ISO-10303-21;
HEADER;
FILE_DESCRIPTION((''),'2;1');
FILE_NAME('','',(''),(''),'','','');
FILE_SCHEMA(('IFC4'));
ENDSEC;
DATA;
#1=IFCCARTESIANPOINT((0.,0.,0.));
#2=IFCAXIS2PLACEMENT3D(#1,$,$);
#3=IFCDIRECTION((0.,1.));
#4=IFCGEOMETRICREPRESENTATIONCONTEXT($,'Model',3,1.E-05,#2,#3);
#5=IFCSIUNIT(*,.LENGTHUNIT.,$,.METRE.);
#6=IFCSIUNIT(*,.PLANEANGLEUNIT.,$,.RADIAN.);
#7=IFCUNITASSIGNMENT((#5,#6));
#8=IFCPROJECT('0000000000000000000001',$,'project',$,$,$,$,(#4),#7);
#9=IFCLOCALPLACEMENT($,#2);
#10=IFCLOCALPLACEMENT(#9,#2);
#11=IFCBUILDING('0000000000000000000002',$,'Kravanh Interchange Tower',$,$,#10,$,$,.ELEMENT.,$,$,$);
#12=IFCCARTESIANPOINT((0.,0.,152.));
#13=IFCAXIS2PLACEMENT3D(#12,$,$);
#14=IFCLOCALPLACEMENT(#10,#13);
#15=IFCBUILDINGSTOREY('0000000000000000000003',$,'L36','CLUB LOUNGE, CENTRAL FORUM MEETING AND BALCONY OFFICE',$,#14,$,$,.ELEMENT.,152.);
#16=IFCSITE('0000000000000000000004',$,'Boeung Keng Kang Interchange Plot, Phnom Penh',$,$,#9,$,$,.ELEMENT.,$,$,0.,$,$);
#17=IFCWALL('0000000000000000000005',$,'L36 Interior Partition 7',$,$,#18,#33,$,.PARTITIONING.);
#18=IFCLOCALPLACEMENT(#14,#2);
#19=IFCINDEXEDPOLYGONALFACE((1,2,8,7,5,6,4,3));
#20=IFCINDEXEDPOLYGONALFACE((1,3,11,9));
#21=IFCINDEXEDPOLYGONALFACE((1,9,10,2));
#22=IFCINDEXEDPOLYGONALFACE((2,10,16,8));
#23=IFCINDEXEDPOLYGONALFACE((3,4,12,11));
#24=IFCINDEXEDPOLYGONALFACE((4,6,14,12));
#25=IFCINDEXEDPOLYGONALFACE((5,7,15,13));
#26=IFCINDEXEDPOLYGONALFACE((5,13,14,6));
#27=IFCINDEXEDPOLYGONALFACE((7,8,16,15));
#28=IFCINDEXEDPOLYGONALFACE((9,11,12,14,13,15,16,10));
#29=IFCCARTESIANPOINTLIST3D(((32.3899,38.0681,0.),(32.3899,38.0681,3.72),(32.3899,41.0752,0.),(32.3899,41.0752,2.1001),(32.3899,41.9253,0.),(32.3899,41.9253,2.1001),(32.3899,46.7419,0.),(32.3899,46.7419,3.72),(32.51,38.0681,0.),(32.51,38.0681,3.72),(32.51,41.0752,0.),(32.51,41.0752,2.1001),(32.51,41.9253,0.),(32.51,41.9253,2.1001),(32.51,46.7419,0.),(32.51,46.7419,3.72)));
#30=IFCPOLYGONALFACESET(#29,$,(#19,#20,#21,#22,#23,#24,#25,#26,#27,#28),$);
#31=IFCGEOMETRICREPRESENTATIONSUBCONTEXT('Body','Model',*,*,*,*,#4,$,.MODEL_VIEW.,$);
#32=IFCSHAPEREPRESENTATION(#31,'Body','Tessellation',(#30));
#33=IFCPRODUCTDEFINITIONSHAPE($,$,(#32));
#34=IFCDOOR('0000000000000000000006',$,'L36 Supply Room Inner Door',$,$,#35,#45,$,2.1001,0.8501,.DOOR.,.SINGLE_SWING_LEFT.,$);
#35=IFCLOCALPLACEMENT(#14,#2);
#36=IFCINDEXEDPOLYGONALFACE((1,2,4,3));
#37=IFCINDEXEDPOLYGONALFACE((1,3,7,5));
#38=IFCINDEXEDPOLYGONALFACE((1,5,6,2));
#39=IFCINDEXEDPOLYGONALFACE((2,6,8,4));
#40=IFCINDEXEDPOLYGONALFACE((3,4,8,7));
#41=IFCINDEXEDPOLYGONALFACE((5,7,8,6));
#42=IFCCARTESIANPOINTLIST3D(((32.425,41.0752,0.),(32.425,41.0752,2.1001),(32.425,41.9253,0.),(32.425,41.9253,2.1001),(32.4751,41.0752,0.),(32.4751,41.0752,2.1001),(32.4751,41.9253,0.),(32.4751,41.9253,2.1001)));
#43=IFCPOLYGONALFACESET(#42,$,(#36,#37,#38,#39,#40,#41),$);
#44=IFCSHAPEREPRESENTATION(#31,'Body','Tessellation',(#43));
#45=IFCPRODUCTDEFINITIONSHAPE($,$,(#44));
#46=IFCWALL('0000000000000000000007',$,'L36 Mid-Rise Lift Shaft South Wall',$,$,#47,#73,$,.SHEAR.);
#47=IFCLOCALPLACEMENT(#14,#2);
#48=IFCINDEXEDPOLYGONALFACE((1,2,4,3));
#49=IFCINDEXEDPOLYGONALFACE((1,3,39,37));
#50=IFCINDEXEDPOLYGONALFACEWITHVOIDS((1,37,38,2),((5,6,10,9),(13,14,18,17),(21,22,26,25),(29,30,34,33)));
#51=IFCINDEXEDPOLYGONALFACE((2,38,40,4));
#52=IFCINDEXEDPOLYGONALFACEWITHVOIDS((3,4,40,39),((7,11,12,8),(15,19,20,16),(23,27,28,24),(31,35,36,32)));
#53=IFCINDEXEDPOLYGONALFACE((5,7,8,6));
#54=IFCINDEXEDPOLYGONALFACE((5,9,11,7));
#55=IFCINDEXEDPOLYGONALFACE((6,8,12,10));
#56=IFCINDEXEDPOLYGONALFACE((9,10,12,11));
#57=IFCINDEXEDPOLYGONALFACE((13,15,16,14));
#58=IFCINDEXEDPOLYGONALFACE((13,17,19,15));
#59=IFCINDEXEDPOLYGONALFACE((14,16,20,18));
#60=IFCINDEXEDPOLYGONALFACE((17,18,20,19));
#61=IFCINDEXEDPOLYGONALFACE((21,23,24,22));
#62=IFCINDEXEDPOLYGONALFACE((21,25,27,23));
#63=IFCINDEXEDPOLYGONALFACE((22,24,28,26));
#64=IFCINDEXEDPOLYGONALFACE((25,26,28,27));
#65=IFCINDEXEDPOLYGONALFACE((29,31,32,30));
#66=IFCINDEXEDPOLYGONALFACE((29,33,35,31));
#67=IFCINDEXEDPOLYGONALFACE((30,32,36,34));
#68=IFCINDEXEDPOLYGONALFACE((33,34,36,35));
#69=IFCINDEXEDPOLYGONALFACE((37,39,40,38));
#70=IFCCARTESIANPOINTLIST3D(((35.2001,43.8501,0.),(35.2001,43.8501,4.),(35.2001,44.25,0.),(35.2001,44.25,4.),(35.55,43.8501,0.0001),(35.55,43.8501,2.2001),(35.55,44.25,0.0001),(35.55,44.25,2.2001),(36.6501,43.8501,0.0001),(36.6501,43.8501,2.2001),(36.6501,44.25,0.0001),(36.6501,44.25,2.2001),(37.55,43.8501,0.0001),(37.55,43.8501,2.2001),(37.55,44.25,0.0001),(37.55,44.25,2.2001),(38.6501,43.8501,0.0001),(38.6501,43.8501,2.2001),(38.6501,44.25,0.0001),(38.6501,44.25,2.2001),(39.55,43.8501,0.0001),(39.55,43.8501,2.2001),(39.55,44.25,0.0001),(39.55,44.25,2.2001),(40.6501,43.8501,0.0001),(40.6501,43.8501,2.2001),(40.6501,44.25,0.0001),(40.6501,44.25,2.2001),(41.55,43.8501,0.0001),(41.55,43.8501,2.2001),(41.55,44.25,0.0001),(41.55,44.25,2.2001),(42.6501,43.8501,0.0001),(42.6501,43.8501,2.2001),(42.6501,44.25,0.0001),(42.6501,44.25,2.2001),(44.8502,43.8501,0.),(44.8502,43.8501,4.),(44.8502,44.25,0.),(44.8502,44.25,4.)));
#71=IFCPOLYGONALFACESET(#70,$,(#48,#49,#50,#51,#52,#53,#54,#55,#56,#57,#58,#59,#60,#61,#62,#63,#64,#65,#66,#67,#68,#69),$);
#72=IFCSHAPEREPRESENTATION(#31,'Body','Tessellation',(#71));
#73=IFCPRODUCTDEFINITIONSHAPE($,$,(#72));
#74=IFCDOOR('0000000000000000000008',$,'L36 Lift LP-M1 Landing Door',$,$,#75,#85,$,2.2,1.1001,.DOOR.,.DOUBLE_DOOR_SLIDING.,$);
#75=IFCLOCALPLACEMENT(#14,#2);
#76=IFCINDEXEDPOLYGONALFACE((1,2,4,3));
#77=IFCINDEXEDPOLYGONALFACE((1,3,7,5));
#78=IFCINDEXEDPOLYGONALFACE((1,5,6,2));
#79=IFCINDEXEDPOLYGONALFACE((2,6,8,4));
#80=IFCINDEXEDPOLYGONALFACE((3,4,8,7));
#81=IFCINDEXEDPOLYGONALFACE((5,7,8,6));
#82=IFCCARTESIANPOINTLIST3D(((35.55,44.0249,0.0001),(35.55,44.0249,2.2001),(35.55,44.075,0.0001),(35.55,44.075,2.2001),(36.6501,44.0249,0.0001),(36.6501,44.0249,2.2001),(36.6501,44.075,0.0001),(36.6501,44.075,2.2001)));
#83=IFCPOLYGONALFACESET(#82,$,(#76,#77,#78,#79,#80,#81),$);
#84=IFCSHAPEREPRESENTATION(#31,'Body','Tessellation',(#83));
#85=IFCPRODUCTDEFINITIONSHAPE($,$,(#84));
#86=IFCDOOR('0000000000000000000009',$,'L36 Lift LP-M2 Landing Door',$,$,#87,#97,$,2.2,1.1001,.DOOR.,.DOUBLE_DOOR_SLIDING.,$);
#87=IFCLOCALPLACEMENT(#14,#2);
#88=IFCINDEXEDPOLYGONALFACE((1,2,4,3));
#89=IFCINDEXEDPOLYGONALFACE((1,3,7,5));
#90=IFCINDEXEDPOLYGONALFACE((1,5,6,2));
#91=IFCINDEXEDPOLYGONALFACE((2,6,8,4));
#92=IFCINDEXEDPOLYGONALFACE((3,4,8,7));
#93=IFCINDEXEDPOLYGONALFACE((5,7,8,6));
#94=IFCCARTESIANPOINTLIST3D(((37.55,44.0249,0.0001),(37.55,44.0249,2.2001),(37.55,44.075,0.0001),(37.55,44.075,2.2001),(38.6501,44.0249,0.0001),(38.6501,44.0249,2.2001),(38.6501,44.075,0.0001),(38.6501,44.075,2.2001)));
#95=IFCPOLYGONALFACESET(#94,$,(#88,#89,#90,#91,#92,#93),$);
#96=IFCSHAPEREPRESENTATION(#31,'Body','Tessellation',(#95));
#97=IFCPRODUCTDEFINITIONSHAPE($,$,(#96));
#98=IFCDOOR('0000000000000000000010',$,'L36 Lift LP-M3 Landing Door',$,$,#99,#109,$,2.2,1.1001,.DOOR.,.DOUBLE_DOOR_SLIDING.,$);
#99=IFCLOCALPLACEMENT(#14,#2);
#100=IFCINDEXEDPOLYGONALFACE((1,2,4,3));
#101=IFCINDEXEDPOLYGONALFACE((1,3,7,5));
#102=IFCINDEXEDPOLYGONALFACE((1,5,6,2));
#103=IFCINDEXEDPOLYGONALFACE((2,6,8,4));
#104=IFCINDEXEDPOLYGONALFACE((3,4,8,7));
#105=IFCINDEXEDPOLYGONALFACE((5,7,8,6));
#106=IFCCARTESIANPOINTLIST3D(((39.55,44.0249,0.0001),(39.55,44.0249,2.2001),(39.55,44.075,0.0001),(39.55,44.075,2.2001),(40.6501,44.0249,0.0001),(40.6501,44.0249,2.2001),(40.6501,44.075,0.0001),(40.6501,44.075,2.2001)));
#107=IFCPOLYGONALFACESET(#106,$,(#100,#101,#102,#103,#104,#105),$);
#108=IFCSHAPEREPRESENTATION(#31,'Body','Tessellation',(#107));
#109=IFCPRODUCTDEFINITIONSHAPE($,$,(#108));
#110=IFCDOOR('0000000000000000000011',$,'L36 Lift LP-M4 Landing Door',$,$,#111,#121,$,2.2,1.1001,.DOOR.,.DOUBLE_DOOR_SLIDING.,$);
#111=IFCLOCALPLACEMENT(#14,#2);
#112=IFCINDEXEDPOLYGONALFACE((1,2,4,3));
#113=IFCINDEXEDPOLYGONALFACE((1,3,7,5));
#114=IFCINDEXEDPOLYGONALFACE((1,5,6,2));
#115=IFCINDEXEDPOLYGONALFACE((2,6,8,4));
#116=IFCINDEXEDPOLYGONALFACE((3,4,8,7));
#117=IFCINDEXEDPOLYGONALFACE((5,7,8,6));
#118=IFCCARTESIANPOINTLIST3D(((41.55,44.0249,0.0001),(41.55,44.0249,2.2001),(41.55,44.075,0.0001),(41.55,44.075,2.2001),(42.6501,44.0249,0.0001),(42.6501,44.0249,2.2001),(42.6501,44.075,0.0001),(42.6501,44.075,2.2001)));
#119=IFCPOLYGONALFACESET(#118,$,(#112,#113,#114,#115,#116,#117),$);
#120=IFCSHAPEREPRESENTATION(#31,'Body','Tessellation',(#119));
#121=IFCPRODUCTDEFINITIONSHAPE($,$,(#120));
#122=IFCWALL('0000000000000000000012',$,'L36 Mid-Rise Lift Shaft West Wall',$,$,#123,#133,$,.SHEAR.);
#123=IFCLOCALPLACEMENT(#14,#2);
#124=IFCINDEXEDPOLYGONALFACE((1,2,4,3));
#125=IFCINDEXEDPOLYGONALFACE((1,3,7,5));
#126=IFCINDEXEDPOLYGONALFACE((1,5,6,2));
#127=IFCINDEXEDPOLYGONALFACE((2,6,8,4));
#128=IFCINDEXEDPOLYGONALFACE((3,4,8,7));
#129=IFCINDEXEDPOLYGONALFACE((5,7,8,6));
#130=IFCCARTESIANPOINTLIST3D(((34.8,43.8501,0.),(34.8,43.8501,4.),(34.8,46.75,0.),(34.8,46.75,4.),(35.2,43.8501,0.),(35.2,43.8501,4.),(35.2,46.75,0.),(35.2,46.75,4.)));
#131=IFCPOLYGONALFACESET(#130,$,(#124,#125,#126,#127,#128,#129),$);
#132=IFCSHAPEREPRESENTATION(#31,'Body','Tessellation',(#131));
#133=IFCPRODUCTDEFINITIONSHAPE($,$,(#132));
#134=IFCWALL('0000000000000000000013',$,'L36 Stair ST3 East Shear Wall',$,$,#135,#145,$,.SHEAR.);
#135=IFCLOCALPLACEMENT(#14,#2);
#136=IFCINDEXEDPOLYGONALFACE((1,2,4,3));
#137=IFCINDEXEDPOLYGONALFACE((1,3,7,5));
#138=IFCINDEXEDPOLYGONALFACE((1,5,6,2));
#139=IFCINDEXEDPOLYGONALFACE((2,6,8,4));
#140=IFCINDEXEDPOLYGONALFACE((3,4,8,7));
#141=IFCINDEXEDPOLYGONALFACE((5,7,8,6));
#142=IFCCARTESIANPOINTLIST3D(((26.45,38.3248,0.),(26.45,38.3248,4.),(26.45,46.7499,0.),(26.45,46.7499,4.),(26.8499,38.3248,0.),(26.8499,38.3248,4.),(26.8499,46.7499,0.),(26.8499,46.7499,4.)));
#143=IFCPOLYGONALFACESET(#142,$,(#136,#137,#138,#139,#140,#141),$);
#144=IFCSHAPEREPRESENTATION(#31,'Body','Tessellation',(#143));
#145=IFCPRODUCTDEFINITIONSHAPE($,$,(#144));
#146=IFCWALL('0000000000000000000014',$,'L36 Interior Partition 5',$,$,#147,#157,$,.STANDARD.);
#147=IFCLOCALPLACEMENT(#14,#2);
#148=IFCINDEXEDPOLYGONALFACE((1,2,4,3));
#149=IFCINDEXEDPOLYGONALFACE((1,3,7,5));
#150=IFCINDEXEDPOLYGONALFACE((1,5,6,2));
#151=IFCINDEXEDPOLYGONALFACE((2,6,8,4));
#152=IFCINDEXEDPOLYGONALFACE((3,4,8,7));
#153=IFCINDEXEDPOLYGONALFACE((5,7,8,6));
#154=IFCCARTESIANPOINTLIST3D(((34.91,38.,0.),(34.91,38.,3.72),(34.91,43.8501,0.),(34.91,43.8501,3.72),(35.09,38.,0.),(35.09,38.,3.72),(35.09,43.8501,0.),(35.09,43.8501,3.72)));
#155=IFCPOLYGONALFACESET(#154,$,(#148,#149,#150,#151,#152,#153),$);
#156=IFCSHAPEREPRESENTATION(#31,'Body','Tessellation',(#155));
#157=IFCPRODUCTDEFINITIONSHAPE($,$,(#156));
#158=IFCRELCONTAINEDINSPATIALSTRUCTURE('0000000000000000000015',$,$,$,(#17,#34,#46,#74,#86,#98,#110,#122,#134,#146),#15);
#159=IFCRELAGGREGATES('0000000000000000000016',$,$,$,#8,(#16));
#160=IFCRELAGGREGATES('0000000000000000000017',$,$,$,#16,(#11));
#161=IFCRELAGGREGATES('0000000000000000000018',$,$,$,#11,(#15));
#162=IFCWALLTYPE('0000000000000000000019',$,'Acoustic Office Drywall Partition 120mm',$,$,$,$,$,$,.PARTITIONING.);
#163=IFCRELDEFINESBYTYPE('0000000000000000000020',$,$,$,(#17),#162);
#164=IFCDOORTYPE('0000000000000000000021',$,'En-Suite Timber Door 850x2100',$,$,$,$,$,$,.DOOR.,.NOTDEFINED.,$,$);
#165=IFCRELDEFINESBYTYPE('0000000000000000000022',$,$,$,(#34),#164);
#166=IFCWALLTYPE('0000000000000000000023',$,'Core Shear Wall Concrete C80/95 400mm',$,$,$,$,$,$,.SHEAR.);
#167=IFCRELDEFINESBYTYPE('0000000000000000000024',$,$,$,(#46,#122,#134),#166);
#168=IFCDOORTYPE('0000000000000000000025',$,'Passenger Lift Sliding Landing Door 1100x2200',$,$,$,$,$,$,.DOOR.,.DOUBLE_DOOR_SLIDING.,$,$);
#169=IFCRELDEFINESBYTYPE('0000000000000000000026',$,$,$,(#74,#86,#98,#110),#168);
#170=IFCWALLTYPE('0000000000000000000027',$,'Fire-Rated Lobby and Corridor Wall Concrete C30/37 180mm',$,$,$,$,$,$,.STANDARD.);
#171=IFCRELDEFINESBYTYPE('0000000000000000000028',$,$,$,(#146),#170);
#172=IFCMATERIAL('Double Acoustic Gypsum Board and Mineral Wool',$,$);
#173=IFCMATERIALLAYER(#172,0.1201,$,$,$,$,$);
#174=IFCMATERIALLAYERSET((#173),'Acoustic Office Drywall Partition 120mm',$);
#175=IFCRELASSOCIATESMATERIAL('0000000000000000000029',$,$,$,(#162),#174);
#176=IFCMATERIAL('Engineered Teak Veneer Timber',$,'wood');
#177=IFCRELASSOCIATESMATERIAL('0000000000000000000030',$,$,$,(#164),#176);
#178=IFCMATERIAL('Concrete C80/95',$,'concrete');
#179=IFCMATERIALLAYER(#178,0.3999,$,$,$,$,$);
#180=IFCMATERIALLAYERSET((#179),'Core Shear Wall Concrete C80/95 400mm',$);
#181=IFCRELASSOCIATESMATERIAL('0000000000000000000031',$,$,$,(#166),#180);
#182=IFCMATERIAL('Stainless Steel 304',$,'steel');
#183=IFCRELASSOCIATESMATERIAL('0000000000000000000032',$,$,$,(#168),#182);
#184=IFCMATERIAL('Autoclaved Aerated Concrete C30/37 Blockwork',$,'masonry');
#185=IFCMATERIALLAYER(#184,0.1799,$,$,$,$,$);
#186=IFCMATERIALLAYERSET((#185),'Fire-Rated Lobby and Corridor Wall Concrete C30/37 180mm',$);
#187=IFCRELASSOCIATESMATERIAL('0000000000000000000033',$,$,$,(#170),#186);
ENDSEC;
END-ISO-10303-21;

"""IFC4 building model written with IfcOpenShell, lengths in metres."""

from ifc_helpers import new_model, si_unit, direction, frame, frame_2d, origin, place, context, subcontext, project, spatial, rectangle, extrude, material, layer, layer_set, type_object, element, fill, save


model = new_model("IFC4")

# Units and contexts
model_context = context("Model", 3, precision=1e-05, world=origin(), true_north=direction((0.0, 1.0)))
body_context = subcontext(model_context, "Body", "Model", "MODEL_VIEW")
ifc_project = project(units=[si_unit("LENGTHUNIT", "METRE"), si_unit("PLANEANGLEUNIT", "RADIAN")], contexts=[model_context])

# Site, building, storey
site_placement = place(None, origin())
site = spatial("IfcSite", under=ifc_project, at=site_placement, Name="Boeung Keng Kang Interchange Plot, Phnom Penh", CompositionType="ELEMENT", RefElevation=0.0)
building_placement = place(site_placement, origin())
building = spatial("IfcBuilding", under=site, at=building_placement, Name="Kravanh Interchange Tower", CompositionType="ELEMENT")
storey_placement = place(building_placement, frame((0.0, 0.0, 152.0)))
storey = spatial("IfcBuildingStorey", under=building, at=storey_placement, Name="L36", Description="CLUB LOUNGE, CENTRAL FORUM MEETING AND BALCONY OFFICE", CompositionType="ELEMENT", Elevation=152.0)

# Shared definitions
ifc_material_1 = material(Name="Double Acoustic Gypsum Board and Mineral Wool")
ifc_layer_1 = layer(ifc_material_1, 0.1201)
ifc_layer_set_1 = layer_set([ifc_layer_1], Name="Acoustic Office Drywall Partition 120mm")
wall_type_1 = type_object("IfcWallType", Name="Acoustic Office Drywall Partition 120mm", PredefinedType="PARTITIONING", material=ifc_layer_set_1)

# Wall, opening, door
wall_1_placement = place(storey_placement, frame((32.45, 38.0681, 0.0), z_axis=(0.0, 0.0, 1.0), x_axis=(0.0, 1.0, 0.0)))
wall_1 = element("IfcWall", 1, at=wall_1_placement, inside=storey, type_object=wall_type_1, Name="L36 Interior Partition 7", PredefinedType="PARTITIONING", context=body_context, shape_type="SweptSolid", body=[
    extrude(rectangle(XDim=8.6738, YDim=0.1201, at=frame_2d((4.3369, 0.0))), origin(), (0.0, 0.0, 1.0), 3.72),
])
opening_1_placement = place(wall_1_placement, frame((3.0071, 0.0, 0.0)))
opening_1 = element("IfcOpeningElement", 2, at=opening_1_placement, cuts=wall_1, PredefinedType="OPENING", context=body_context, shape_type="SweptSolid", body=[
    extrude(rectangle(XDim=0.8501, YDim=2.1001, at=frame_2d((0.425, 1.05))), frame((0.0, 0.0701, 0.0), z_axis=(0.0, -1.0, 0.0), x_axis=(1.0, 0.0, 0.0)), (0.0, 0.0, 1.0), 0.1401),
])
ifc_material_2 = material(Name="Engineered Teak Veneer Timber", Category="wood")
door_type_1 = type_object("IfcDoorType", Name="En-Suite Timber Door 850x2100", OperationType="NOTDEFINED", PredefinedType="DOOR", material=ifc_material_2)
door_1_placement = place(opening_1_placement, origin())
door_1 = element("IfcDoor", 3, at=door_1_placement, inside=storey, type_object=door_type_1, Name="L36 Supply Room Inner Door", OperationType="SINGLE_SWING_LEFT", OverallHeight=2.1001, OverallWidth=0.8501, PredefinedType="DOOR", context=body_context, shape_type="SweptSolid", body=[
    extrude(rectangle(XDim=0.8501, YDim=2.1001, at=frame_2d((0.425, 1.05))), frame((0.0, 0.0249, 0.0), z_axis=(0.0, -1.0, 0.0), x_axis=(1.0, 0.0, 0.0)), (0.0, 0.0, 1.0), 0.05),
])
fill(opening_1, door_1)

# Wall, openings, doors
ifc_material_3 = material(Name="Concrete C80/95", Category="concrete")
ifc_layer_2 = layer(ifc_material_3, 0.3999)
ifc_layer_set_2 = layer_set([ifc_layer_2], Name="Core Shear Wall Concrete C80/95 400mm")
wall_type_2 = type_object("IfcWallType", Name="Core Shear Wall Concrete C80/95 400mm", PredefinedType="SHEAR", material=ifc_layer_set_2)
wall_2_placement = place(storey_placement, frame((35.2, 44.05, 0.0), z_axis=(0.0, 0.0, 1.0), x_axis=(1.0, 0.0, 0.0)))
wall_2 = element("IfcWall", 4, at=wall_2_placement, inside=storey, type_object=wall_type_2, Name="L36 Mid-Rise Lift Shaft South Wall", PredefinedType="SHEAR", context=body_context, shape_type="SweptSolid", body=[
    extrude(rectangle(XDim=9.6501, YDim=0.3999, at=frame_2d((4.8252, 0.0))), origin(), (0.0, 0.0, 1.0), 4.0),
])
opening_2_placement = place(wall_2_placement, frame((0.3501, 0.0, 0.0)))
opening_2 = element("IfcOpeningElement", 5, at=opening_2_placement, cuts=wall_2, PredefinedType="OPENING", context=body_context, shape_type="SweptSolid", body=[
    extrude(rectangle(XDim=1.1001, YDim=2.2, at=frame_2d((0.55, 1.1001))), frame((0.0, 0.21, 0.0), z_axis=(0.0, -1.0, 0.0), x_axis=(1.0, 0.0, 0.0)), (0.0, 0.0, 1.0), 0.4199),
])
opening_3_placement = place(wall_2_placement, frame((2.3501, 0.0, 0.0)))
opening_3 = element("IfcOpeningElement", 6, at=opening_3_placement, cuts=wall_2, PredefinedType="OPENING", context=body_context, shape_type="SweptSolid", body=[
    extrude(rectangle(XDim=1.1001, YDim=2.2, at=frame_2d((0.55, 1.1001))), frame((0.0, 0.21, 0.0), z_axis=(0.0, -1.0, 0.0), x_axis=(1.0, 0.0, 0.0)), (0.0, 0.0, 1.0), 0.4199),
])
opening_4_placement = place(wall_2_placement, frame((4.3501, 0.0, 0.0)))
opening_4 = element("IfcOpeningElement", 7, at=opening_4_placement, cuts=wall_2, PredefinedType="OPENING", context=body_context, shape_type="SweptSolid", body=[
    extrude(rectangle(XDim=1.1001, YDim=2.2, at=frame_2d((0.55, 1.1001))), frame((0.0, 0.21, 0.0), z_axis=(0.0, -1.0, 0.0), x_axis=(1.0, 0.0, 0.0)), (0.0, 0.0, 1.0), 0.4199),
])
opening_5_placement = place(wall_2_placement, frame((6.3501, 0.0, 0.0)))
opening_5 = element("IfcOpeningElement", 8, at=opening_5_placement, cuts=wall_2, PredefinedType="OPENING", context=body_context, shape_type="SweptSolid", body=[
    extrude(rectangle(XDim=1.1001, YDim=2.2, at=frame_2d((0.55, 1.1001))), frame((0.0, 0.21, 0.0), z_axis=(0.0, -1.0, 0.0), x_axis=(1.0, 0.0, 0.0)), (0.0, 0.0, 1.0), 0.4199),
])
ifc_material_4 = material(Name="Stainless Steel 304", Category="steel")
door_type_2 = type_object("IfcDoorType", Name="Passenger Lift Sliding Landing Door 1100x2200", OperationType="DOUBLE_DOOR_SLIDING", PredefinedType="DOOR", material=ifc_material_4)
door_2_placement = place(opening_2_placement, origin())
door_2 = element("IfcDoor", 9, at=door_2_placement, inside=storey, type_object=door_type_2, Name="L36 Lift LP-M1 Landing Door", OperationType="DOUBLE_DOOR_SLIDING", OverallHeight=2.2, OverallWidth=1.1001, PredefinedType="DOOR", context=body_context, shape_type="SweptSolid", body=[
    extrude(rectangle(XDim=1.1001, YDim=2.2, at=frame_2d((0.55, 1.1001))), frame((0.0, 0.0249, 0.0), z_axis=(0.0, -1.0, 0.0), x_axis=(1.0, 0.0, 0.0)), (0.0, 0.0, 1.0), 0.05),
])
fill(opening_2, door_2)
door_3_placement = place(opening_3_placement, origin())
door_3 = element("IfcDoor", 10, at=door_3_placement, inside=storey, type_object=door_type_2, Name="L36 Lift LP-M2 Landing Door", OperationType="DOUBLE_DOOR_SLIDING", OverallHeight=2.2, OverallWidth=1.1001, PredefinedType="DOOR", context=body_context, shape_type="SweptSolid", body=[
    extrude(rectangle(XDim=1.1001, YDim=2.2, at=frame_2d((0.55, 1.1001))), frame((0.0, 0.0249, 0.0), z_axis=(0.0, -1.0, 0.0), x_axis=(1.0, 0.0, 0.0)), (0.0, 0.0, 1.0), 0.05),
])
fill(opening_3, door_3)
door_4_placement = place(opening_4_placement, origin())
door_4 = element("IfcDoor", 11, at=door_4_placement, inside=storey, type_object=door_type_2, Name="L36 Lift LP-M3 Landing Door", OperationType="DOUBLE_DOOR_SLIDING", OverallHeight=2.2, OverallWidth=1.1001, PredefinedType="DOOR", context=body_context, shape_type="SweptSolid", body=[
    extrude(rectangle(XDim=1.1001, YDim=2.2, at=frame_2d((0.55, 1.1001))), frame((0.0, 0.0249, 0.0), z_axis=(0.0, -1.0, 0.0), x_axis=(1.0, 0.0, 0.0)), (0.0, 0.0, 1.0), 0.05),
])
fill(opening_4, door_4)
door_5_placement = place(opening_5_placement, origin())
door_5 = element("IfcDoor", 12, at=door_5_placement, inside=storey, type_object=door_type_2, Name="L36 Lift LP-M4 Landing Door", OperationType="DOUBLE_DOOR_SLIDING", OverallHeight=2.2, OverallWidth=1.1001, PredefinedType="DOOR", context=body_context, shape_type="SweptSolid", body=[
    extrude(rectangle(XDim=1.1001, YDim=2.2, at=frame_2d((0.55, 1.1001))), frame((0.0, 0.0249, 0.0), z_axis=(0.0, -1.0, 0.0), x_axis=(1.0, 0.0, 0.0)), (0.0, 0.0, 1.0), 0.05),
])
fill(opening_5, door_5)

# Walls
wall_3_placement = place(storey_placement, frame((35.0, 43.8501, 0.0), z_axis=(0.0, 0.0, 1.0), x_axis=(0.0, 1.0, 0.0)))
element("IfcWall", 13, at=wall_3_placement, inside=storey, type_object=wall_type_2, Name="L36 Mid-Rise Lift Shaft West Wall", PredefinedType="SHEAR", context=body_context, shape_type="SweptSolid", body=[
    extrude(rectangle(XDim=2.8999, YDim=0.3999, at=frame_2d((1.45, 0.0))), origin(), (0.0, 0.0, 1.0), 4.0),
])
wall_4_placement = place(storey_placement, frame((26.6499, 38.325, 0.0), z_axis=(0.0, 0.0, 1.0), x_axis=(0.0, 1.0, 0.0)))
element("IfcWall", 14, at=wall_4_placement, inside=storey, type_object=wall_type_2, Name="L36 Stair ST3 East Shear Wall", PredefinedType="SHEAR", context=body_context, shape_type="SweptSolid", body=[
    extrude(rectangle(XDim=8.425, YDim=0.3999, at=frame_2d((4.2124, 0.0))), origin(), (0.0, 0.0, 1.0), 4.0),
])
ifc_material_5 = material(Name="Autoclaved Aerated Concrete C30/37 Blockwork", Category="masonry")
ifc_layer_3 = layer(ifc_material_5, 0.1799)
ifc_layer_set_3 = layer_set([ifc_layer_3], Name="Fire-Rated Lobby and Corridor Wall Concrete C30/37 180mm")
wall_type_3 = type_object("IfcWallType", Name="Fire-Rated Lobby and Corridor Wall Concrete C30/37 180mm", PredefinedType="STANDARD", material=ifc_layer_set_3)
wall_5_placement = place(storey_placement, frame((35.0, 38.0, 0.0), z_axis=(0.0, 0.0, 1.0), x_axis=(0.0, 1.0, 0.0)))
element("IfcWall", 15, at=wall_5_placement, inside=storey, type_object=wall_type_3, Name="L36 Interior Partition 5", PredefinedType="STANDARD", context=body_context, shape_type="SweptSolid", body=[
    extrude(rectangle(XDim=5.8501, YDim=0.1799, at=frame_2d((2.925, 0.0))), origin(), (0.0, 0.0, 1.0), 3.72),
])

save(model, "model.ifc")
